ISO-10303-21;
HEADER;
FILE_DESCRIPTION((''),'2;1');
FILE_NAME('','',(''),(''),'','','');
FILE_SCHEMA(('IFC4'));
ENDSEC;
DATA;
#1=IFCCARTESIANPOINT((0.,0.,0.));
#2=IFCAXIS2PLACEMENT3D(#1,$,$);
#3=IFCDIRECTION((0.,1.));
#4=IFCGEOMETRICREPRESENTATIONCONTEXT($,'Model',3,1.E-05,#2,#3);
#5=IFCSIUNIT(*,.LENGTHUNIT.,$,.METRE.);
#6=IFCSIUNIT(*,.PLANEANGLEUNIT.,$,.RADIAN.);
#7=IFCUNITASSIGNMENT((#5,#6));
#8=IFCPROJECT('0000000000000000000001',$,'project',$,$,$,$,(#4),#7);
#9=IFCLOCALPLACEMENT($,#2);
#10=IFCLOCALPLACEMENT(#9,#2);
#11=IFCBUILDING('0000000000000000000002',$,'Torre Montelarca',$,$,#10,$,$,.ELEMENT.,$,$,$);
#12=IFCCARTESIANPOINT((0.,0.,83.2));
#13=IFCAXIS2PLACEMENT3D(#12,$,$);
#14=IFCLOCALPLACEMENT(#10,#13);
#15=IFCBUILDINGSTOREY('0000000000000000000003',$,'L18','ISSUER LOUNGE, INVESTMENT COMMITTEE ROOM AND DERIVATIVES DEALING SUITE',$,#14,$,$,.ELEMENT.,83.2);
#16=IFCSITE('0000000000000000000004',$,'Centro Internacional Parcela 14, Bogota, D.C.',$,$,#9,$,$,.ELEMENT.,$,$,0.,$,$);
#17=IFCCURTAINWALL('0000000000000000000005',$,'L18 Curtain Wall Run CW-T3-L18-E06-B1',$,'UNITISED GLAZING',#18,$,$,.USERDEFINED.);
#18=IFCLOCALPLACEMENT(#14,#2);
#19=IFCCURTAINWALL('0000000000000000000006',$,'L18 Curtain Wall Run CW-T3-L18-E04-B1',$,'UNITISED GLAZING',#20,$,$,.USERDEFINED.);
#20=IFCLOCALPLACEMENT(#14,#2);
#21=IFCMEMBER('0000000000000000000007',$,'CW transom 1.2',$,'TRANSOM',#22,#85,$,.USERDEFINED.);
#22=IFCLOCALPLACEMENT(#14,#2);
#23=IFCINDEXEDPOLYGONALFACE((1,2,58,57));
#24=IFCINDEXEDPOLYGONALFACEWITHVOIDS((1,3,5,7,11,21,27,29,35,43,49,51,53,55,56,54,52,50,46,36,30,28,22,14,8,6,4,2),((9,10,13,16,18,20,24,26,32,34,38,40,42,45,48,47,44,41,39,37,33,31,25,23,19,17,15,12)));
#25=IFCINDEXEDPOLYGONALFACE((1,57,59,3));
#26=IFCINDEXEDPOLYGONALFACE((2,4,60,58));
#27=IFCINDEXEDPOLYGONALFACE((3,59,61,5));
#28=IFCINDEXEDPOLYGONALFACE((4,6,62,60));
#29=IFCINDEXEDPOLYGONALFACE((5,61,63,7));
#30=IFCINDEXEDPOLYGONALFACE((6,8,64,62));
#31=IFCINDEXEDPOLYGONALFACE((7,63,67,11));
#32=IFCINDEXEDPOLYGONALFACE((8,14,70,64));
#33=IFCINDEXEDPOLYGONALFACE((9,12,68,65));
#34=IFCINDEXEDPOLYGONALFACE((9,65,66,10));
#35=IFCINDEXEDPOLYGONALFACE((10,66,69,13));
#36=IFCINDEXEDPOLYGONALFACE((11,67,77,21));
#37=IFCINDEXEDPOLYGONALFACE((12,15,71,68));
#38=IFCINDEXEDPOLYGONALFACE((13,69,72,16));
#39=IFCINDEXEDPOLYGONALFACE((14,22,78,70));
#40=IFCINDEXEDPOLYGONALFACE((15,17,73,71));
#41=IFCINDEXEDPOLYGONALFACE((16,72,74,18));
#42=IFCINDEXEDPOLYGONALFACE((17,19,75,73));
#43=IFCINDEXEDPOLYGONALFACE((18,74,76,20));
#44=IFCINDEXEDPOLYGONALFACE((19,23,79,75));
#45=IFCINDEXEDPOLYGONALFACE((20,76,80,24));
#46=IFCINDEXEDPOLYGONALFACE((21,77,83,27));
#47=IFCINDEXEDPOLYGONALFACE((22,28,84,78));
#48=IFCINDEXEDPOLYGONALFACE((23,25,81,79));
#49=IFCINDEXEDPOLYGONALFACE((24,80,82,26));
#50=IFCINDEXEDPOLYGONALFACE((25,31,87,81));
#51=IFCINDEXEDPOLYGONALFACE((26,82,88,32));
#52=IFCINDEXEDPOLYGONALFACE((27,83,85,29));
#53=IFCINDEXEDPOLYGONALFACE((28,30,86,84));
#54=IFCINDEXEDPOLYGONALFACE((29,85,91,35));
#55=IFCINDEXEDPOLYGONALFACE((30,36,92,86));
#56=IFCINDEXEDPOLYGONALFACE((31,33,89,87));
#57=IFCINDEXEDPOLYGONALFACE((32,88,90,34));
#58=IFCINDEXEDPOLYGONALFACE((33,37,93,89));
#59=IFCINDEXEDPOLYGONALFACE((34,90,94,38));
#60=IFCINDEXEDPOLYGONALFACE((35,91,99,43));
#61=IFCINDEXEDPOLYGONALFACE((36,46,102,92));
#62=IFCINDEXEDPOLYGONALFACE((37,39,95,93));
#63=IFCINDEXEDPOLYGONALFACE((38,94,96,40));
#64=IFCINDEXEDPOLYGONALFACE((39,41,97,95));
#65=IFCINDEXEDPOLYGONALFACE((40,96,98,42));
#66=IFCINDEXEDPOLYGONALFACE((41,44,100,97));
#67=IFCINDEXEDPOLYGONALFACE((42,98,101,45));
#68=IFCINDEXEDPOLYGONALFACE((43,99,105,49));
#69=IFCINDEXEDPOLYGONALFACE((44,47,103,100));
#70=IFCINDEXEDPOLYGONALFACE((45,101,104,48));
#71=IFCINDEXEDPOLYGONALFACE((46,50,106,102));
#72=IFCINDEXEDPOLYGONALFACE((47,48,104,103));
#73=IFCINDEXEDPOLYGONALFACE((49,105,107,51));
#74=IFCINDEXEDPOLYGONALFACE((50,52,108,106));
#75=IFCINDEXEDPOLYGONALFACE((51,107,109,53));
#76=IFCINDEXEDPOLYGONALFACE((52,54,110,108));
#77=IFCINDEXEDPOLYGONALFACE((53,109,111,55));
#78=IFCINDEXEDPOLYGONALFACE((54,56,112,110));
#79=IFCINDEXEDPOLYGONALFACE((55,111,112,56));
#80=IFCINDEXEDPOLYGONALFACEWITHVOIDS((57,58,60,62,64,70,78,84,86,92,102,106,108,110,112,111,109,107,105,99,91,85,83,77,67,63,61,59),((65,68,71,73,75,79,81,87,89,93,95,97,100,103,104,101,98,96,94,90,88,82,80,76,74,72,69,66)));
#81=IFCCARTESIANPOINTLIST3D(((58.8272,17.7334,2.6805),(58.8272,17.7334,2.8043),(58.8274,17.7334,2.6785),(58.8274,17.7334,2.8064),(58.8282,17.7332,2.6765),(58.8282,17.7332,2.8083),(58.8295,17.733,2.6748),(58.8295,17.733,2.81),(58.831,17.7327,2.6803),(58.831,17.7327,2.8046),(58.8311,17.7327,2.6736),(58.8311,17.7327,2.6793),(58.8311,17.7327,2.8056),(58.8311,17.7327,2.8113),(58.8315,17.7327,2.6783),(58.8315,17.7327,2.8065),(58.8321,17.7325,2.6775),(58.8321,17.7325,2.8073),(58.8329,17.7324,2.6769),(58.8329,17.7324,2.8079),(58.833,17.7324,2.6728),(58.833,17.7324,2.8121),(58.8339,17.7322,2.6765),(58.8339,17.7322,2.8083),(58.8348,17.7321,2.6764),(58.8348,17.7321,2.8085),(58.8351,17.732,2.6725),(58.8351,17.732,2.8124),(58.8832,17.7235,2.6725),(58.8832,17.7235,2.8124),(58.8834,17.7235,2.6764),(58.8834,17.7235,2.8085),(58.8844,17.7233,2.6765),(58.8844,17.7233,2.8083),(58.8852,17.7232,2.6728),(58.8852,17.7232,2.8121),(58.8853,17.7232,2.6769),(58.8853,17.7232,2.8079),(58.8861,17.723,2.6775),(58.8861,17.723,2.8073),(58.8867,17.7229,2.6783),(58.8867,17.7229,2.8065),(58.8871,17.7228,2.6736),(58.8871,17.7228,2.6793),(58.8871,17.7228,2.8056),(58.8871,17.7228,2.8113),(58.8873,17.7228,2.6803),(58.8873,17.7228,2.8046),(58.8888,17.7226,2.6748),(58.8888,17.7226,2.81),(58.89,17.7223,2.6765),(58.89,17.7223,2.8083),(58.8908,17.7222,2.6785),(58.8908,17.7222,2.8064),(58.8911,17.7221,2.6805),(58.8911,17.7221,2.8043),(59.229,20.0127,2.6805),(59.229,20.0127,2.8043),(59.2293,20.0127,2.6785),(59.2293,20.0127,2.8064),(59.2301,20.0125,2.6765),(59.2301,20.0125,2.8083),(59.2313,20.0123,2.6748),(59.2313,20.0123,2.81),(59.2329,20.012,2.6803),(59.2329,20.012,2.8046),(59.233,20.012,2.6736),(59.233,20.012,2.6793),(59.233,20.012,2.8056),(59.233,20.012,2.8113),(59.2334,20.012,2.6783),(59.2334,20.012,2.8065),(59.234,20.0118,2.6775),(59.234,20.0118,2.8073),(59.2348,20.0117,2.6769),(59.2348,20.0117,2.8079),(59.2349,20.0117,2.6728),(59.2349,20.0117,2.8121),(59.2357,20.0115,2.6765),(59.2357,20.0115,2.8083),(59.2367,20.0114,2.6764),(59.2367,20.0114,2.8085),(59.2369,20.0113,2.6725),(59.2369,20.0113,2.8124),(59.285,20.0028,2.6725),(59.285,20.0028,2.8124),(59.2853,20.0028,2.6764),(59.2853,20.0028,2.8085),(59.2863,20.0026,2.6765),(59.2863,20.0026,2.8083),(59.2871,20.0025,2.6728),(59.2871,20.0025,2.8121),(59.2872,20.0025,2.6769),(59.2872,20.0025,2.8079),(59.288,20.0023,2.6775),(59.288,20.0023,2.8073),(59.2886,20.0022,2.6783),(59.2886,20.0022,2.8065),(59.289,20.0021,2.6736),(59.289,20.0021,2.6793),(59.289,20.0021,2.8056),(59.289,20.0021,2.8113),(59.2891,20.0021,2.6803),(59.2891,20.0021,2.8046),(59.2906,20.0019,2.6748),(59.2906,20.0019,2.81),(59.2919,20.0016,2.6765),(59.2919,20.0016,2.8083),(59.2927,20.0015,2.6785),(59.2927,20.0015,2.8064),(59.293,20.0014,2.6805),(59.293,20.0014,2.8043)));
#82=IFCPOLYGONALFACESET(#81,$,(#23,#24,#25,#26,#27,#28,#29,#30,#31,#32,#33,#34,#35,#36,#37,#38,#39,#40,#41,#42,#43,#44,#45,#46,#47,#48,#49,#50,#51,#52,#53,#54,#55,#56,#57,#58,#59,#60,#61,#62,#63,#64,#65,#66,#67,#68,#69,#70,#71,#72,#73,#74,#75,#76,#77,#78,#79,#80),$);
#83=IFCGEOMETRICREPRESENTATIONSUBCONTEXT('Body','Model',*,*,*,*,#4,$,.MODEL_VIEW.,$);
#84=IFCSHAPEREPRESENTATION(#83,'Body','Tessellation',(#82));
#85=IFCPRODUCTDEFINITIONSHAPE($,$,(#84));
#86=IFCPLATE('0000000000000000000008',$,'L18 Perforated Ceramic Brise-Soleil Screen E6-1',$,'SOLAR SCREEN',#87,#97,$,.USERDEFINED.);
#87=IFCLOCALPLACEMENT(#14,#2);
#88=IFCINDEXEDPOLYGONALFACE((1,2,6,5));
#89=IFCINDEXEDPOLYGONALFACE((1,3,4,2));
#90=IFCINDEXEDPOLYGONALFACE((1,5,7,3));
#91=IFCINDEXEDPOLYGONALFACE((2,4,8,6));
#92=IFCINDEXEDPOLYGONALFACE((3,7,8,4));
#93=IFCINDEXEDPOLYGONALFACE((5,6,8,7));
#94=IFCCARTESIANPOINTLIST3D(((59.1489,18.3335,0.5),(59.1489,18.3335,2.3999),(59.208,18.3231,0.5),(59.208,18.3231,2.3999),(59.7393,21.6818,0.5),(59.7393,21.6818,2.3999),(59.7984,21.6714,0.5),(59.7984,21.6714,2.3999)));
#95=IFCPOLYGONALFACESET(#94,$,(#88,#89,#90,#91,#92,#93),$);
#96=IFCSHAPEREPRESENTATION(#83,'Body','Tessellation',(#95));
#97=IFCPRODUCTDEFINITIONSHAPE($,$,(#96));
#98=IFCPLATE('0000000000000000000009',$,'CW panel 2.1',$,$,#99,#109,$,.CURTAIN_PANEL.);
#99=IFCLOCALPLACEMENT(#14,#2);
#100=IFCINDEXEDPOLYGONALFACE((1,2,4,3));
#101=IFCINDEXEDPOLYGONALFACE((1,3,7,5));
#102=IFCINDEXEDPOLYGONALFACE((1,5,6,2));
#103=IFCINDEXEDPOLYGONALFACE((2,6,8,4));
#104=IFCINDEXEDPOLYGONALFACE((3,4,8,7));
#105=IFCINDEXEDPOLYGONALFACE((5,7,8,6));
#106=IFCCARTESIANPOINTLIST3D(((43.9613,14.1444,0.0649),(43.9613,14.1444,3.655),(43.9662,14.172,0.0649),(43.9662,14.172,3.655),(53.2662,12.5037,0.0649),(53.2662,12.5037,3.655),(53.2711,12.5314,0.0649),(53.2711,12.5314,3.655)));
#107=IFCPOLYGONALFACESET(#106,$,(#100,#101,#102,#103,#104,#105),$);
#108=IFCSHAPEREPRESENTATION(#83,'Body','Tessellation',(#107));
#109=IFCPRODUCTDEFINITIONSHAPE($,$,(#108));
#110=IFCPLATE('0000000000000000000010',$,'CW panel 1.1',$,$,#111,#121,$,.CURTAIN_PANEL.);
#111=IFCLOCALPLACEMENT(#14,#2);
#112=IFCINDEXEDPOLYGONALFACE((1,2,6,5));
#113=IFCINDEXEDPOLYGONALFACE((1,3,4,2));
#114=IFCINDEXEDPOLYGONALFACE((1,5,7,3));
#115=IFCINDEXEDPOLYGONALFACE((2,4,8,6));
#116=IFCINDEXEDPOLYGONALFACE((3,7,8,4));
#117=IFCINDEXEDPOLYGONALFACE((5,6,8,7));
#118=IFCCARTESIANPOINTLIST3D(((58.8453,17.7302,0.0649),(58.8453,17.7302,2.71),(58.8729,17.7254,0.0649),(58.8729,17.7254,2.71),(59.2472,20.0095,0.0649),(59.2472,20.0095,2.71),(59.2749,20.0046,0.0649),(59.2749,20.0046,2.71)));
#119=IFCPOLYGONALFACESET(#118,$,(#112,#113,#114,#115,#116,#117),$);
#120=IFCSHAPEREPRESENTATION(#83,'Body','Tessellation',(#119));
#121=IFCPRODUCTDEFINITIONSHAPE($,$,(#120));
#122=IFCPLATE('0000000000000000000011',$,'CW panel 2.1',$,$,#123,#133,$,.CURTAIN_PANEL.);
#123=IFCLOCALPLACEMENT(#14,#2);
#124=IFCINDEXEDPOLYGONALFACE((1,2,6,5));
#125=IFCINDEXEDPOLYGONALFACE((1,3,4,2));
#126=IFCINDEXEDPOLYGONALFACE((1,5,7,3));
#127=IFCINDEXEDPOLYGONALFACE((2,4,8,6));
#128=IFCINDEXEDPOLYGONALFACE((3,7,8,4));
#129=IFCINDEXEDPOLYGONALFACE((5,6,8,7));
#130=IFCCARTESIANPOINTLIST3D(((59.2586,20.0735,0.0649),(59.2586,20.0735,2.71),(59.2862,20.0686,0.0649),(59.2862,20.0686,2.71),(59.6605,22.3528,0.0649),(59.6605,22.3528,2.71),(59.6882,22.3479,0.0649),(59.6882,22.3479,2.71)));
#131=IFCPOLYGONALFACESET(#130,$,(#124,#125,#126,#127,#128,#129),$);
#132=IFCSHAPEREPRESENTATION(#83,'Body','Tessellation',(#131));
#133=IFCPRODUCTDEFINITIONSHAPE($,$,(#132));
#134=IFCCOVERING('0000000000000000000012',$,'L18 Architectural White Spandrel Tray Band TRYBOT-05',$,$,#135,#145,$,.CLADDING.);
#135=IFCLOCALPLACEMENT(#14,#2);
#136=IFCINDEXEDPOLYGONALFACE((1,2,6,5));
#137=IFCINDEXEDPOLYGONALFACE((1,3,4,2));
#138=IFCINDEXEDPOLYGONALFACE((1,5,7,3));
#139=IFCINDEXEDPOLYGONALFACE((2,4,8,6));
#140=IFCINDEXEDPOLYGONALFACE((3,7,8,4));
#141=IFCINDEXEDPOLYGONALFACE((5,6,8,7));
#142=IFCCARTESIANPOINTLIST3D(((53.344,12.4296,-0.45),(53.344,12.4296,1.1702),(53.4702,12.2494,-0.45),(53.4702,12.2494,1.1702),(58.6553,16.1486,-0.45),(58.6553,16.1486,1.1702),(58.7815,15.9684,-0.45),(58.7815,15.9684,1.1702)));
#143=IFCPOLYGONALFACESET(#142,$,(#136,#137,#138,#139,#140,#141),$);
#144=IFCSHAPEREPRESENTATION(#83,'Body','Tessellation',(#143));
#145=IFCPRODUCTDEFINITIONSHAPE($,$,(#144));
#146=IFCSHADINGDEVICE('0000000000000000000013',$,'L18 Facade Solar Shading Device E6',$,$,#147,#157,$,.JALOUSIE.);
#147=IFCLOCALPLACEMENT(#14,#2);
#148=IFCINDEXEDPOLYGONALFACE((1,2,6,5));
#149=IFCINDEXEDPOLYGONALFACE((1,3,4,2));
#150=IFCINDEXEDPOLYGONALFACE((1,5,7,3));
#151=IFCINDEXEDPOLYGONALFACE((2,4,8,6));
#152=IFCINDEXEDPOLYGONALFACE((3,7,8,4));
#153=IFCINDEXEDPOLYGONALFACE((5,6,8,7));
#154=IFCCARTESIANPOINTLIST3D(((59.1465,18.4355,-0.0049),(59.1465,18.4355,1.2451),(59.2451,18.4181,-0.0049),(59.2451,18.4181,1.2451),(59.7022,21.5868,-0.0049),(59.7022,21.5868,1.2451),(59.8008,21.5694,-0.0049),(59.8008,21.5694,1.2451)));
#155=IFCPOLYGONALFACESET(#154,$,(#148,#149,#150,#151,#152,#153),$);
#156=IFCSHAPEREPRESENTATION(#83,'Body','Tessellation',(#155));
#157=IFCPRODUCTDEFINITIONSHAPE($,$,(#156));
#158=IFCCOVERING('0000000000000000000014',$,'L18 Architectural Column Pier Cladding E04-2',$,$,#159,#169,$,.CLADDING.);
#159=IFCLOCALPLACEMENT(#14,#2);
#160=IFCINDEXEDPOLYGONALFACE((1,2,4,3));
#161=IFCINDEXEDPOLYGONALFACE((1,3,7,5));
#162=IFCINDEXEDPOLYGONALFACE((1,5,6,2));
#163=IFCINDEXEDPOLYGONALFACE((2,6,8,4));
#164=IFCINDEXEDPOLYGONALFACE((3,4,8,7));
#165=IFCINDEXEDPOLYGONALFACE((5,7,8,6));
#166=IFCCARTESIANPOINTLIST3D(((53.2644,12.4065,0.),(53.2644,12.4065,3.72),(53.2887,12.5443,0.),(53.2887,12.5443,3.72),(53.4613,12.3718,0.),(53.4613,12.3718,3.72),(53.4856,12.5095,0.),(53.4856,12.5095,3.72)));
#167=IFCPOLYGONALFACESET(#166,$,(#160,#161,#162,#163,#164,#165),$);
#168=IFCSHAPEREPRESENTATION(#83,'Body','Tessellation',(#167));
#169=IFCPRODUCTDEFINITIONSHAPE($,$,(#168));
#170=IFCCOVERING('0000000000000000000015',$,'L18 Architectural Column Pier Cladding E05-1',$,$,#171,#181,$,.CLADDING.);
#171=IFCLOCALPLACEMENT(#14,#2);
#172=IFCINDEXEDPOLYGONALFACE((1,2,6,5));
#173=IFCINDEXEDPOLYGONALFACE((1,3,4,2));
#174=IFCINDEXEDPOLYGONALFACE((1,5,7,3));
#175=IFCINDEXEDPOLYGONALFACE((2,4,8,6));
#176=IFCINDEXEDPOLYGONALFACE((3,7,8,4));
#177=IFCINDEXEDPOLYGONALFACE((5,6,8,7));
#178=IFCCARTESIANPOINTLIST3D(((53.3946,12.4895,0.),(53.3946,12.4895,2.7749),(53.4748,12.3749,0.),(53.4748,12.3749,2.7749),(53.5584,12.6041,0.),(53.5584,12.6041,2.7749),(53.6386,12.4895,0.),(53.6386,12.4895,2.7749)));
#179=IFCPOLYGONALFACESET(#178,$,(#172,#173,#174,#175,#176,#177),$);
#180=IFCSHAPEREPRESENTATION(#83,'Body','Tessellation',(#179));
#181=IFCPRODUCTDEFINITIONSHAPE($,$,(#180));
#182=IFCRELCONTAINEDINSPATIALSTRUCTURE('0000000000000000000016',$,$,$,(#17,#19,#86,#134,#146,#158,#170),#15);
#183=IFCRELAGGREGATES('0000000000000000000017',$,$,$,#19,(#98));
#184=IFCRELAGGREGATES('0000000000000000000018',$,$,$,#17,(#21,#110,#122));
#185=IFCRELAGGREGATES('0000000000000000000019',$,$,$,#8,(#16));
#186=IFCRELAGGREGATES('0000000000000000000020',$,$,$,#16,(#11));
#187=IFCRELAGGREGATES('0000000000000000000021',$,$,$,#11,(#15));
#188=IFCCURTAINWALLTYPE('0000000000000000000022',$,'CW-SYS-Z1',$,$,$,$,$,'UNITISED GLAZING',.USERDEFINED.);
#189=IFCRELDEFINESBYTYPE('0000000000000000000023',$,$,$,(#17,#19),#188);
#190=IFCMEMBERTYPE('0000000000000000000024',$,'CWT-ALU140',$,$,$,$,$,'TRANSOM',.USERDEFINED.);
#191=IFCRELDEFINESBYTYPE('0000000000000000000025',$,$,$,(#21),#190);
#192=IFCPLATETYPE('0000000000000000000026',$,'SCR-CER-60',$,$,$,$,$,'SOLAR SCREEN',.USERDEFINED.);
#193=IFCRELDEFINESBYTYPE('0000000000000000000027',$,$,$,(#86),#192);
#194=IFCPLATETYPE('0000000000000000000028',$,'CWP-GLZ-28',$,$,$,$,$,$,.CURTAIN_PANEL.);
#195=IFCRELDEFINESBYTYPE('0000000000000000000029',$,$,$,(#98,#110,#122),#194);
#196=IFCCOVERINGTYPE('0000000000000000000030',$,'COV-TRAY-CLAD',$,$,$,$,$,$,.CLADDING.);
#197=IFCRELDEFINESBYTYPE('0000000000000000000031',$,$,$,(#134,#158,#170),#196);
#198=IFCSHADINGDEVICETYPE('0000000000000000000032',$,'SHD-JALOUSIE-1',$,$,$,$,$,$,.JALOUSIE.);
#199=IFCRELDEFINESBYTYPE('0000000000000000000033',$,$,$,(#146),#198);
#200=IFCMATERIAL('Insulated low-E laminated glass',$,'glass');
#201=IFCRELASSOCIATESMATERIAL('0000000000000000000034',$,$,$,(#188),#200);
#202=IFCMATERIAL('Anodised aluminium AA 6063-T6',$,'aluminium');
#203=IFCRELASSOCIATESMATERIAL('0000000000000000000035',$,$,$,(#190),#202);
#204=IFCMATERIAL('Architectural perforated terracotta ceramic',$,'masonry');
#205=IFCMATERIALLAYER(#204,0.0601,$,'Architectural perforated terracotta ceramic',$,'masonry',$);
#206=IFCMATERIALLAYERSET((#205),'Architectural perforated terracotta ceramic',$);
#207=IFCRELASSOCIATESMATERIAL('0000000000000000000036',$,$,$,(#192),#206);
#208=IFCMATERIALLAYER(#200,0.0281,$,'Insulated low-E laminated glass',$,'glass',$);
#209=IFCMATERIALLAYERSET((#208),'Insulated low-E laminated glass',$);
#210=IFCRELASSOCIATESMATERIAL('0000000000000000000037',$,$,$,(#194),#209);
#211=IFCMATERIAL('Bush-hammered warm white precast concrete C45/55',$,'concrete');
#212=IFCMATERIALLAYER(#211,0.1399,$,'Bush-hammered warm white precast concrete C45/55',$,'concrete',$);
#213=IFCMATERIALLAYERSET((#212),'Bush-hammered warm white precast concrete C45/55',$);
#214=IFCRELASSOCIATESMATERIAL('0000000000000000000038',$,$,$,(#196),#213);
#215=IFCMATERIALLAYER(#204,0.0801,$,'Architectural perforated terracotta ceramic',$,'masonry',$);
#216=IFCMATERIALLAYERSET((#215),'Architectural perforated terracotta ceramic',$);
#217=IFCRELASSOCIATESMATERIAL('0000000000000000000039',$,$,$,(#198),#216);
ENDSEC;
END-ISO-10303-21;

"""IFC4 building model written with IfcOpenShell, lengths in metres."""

from ifc_helpers import new_model, si_unit, direction, frame, origin, origin_2d, place, context, subcontext, project, spatial, rectangle, hollow_rectangle, extrude, source, transform, mapped, material, layer, layer_set, material_profile, profile_set, type_object, element, aggregate, save


model = new_model("IFC4")

# Units and contexts
model_context = context("Model", 3, precision=1e-05, world=origin(), true_north=direction((0.0, 1.0)))
body_context = subcontext(model_context, "Body", "Model", "MODEL_VIEW")
ifc_project = project(units=[si_unit("LENGTHUNIT", "METRE"), si_unit("PLANEANGLEUNIT", "RADIAN")], contexts=[model_context])

# Site, building, storey
site_placement = place(None, origin())
site = spatial("IfcSite", under=ifc_project, at=site_placement, Name="Centro Internacional Parcela 14, Bogota, D.C.", CompositionType="ELEMENT", RefElevation=0.0)
building_placement = place(site_placement, origin())
building = spatial("IfcBuilding", under=site, at=building_placement, Name="Torre Montelarca", CompositionType="ELEMENT")
storey_placement = place(building_placement, frame((0.0, 0.0, 83.2)))
storey = spatial("IfcBuildingStorey", under=building, at=storey_placement, Name="L18", Description="ISSUER LOUNGE, INVESTMENT COMMITTEE ROOM AND DERIVATIVES DEALING SUITE", CompositionType="ELEMENT", Elevation=83.2)

# Curtain wall
ifc_material_1 = material(Name="Insulated low-E laminated glass", Category="glass")
curtain_wall_type = type_object("IfcCurtainWallType", Name="CW-SYS-Z1", ElementType="UNITISED GLAZING", PredefinedType="USERDEFINED", material=ifc_material_1)
curtain_wall_1_placement = place(storey_placement, origin())
curtain_wall_1 = element("IfcCurtainWall", 1, at=curtain_wall_1_placement, inside=storey, type_object=curtain_wall_type, Name="L18 Curtain Wall Run CW-T3-L18-E06-B1", ObjectType="UNITISED GLAZING", PredefinedType="USERDEFINED")
ifc_material_2 = material(Name="Anodised aluminium AA 6063-T6", Category="aluminium")
ifc_material_profile_1 = material_profile(ifc_material_2, hollow_rectangle(XDim=0.0649, YDim=0.1399, WallThickness=0.0039, InnerFilletRadius=0.0039, OuterFilletRadius=0.0081, at=origin_2d()), Name="ALU65X140X4", Category="aluminium")
ifc_profile_set_1 = profile_set([ifc_material_profile_1], Name="Anodised aluminium AA 6063-T6")
member_type_1 = type_object("IfcMemberType", Name="CWT-ALU140", ElementType="TRANSOM", PredefinedType="USERDEFINED", material=ifc_profile_set_1)

# Curtain wall
curtain_wall_2_placement = place(storey_placement, origin())
curtain_wall_2 = element("IfcCurtainWall", 2, at=curtain_wall_2_placement, inside=storey, type_object=curtain_wall_type, Name="L18 Curtain Wall Run CW-T3-L18-E04-B1", ObjectType="UNITISED GLAZING", PredefinedType="USERDEFINED")

# Member
shared_shape_1 = source(origin(), body_context, "Body", "SweptSolid", [
    extrude(hollow_rectangle(XDim=0.0649, YDim=0.1399, WallThickness=0.0039, InnerFilletRadius=0.0039, OuterFilletRadius=0.0081, at=origin_2d()), origin(), (0.0, 0.0, 1.0), 2.3145),
])
member_1_placement = place(storey_placement, frame((58.8591, 17.7278, 2.7424), z_axis=(0.173629, 0.984811, 0.0), x_axis=(-0.984811, 0.173629, 0.0)))
member_1 = element("IfcMember", 3, at=member_1_placement, type_object=member_type_1, Name="CW transom 1.2", ObjectType="TRANSOM", PredefinedType="USERDEFINED", context=body_context, shape_type="MappedRepresentation", body=[
    mapped(shared_shape_1, transform((0.0, 0.0, 0.0), scale=1.0)),
])

# Plates
ifc_material_3 = material(Name="Architectural perforated terracotta ceramic", Category="masonry")
ifc_layer_1 = layer(ifc_material_3, 0.0601, Name="Architectural perforated terracotta ceramic", Category="masonry")
ifc_layer_set_1 = layer_set([ifc_layer_1], Name="Architectural perforated terracotta ceramic")
plate_type_1 = type_object("IfcPlateType", Name="SCR-CER-60", ElementType="SOLAR SCREEN", PredefinedType="USERDEFINED", material=ifc_layer_set_1)
shared_shape_2 = source(origin(), body_context, "Body", "SweptSolid", [
    extrude(rectangle(XDim=3.3999, YDim=0.0601, at=origin_2d()), origin(), (0.0, 0.0, 1.0), 1.8999),
])
plate_1_placement = place(storey_placement, frame((59.4736, 20.0024, 0.5), z_axis=(0.0, 0.0, 1.0), x_axis=(0.173648, 0.984808, 0.0)))
element("IfcPlate", 4, at=plate_1_placement, inside=storey, type_object=plate_type_1, Name="L18 Perforated Ceramic Brise-Soleil Screen E6-1", ObjectType="SOLAR SCREEN", PredefinedType="USERDEFINED", context=body_context, shape_type="MappedRepresentation", body=[
    mapped(shared_shape_2, transform((0.0, 0.0, 0.0), scale=1.0)),
])
ifc_layer_2 = layer(ifc_material_1, 0.0281, Name="Insulated low-E laminated glass", Category="glass")
ifc_layer_set_2 = layer_set([ifc_layer_2], Name="Insulated low-E laminated glass")
plate_type_2 = type_object("IfcPlateType", Name="CWP-GLZ-28", PredefinedType="CURTAIN_PANEL", material=ifc_layer_set_2)
shared_shape_3 = source(origin(), body_context, "Body", "SweptSolid", [
    extrude(rectangle(XDim=9.4485, YDim=0.0281, at=origin_2d()), origin(), (0.0, 0.0, 1.0), 3.5901),
])
plate_2_placement = place(storey_placement, frame((48.6162, 13.3379, 0.0649), z_axis=(0.0, 0.0, 1.0), x_axis=(0.984809, -0.173643, 0.0)))
plate_2 = element("IfcPlate", 5, at=plate_2_placement, type_object=plate_type_2, Name="CW panel 2.1", PredefinedType="CURTAIN_PANEL", context=body_context, shape_type="MappedRepresentation", body=[
    mapped(shared_shape_3, transform((0.0, 0.0, 0.0), scale=1.0)),
])
aggregate(curtain_wall_2, [plate_2])
shared_shape_4 = source(origin(), body_context, "Body", "SweptSolid", [
    extrude(rectangle(XDim=2.3145, YDim=0.0281, at=origin_2d()), origin(), (0.0, 0.0, 1.0), 2.645),
])
plate_3_placement = place(storey_placement, frame((59.0601, 18.8674, 0.0649), z_axis=(0.0, 0.0, 1.0), x_axis=(0.173664, 0.984805, 0.0)))
plate_3 = element("IfcPlate", 6, at=plate_3_placement, type_object=plate_type_2, Name="CW panel 1.1", PredefinedType="CURTAIN_PANEL", context=body_context, shape_type="MappedRepresentation", body=[
    mapped(shared_shape_4, transform((0.0, 0.0, 0.0), scale=1.0)),
])
plate_4_placement = place(storey_placement, frame((59.4734, 21.2107, 0.0649), z_axis=(0.0, 0.0, 1.0), x_axis=(0.173664, 0.984805, 0.0)))
plate_4 = element("IfcPlate", 7, at=plate_4_placement, type_object=plate_type_2, Name="CW panel 2.1", PredefinedType="CURTAIN_PANEL", context=body_context, shape_type="MappedRepresentation", body=[
    mapped(shared_shape_4, transform((0.0, 0.0, 0.0), scale=1.0)),
])
aggregate(curtain_wall_1, [member_1, plate_3, plate_4])

# Covering
ifc_material_4 = material(Name="Bush-hammered warm white precast concrete C45/55", Category="concrete")
ifc_layer_3 = layer(ifc_material_4, 0.1399, Name="Bush-hammered warm white precast concrete C45/55", Category="concrete")
ifc_layer_set_3 = layer_set([ifc_layer_3], Name="Bush-hammered warm white precast concrete C45/55")
covering_type = type_object("IfcCoveringType", Name="COV-TRAY-CLAD", PredefinedType="CLADDING", material=ifc_layer_set_3)
shared_shape_5 = source(origin(), body_context, "Body", "SweptSolid", [
    extrude(rectangle(XDim=6.4839, YDim=0.22, at=origin_2d()), origin(), (0.0, 0.0, 1.0), 1.6201),
])
covering_1_placement = place(storey_placement, frame((56.0627, 14.199, -0.45), z_axis=(0.0, 0.0, 1.0), x_axis=(0.819156, 0.573571, 0.0)))
element("IfcCovering", 8, at=covering_1_placement, inside=storey, type_object=covering_type, Name="L18 Architectural White Spandrel Tray Band TRYBOT-05", PredefinedType="CLADDING", context=body_context, shape_type="MappedRepresentation", body=[
    mapped(shared_shape_5, transform((0.0, 0.0, 0.0), scale=1.0)),
])

# Shading device
ifc_layer_4 = layer(ifc_material_3, 0.0801, Name="Architectural perforated terracotta ceramic", Category="masonry")
ifc_layer_set_4 = layer_set([ifc_layer_4], Name="Architectural perforated terracotta ceramic")
shading_device_type = type_object("IfcShadingDeviceType", Name="SHD-JALOUSIE-1", PredefinedType="JALOUSIE", material=ifc_layer_set_4)
shared_shape_6 = source(origin(), body_context, "Body", "SweptSolid", [
    extrude(rectangle(XDim=3.2, YDim=0.1001, at=origin_2d()), origin(), (0.0, 0.0, 1.0), 1.25),
])
shading_device_placement = place(storey_placement, frame((59.4736, 20.0024, -0.0049), z_axis=(0.0, 0.0, 1.0), x_axis=(0.173648, 0.984808, 0.0)))
element("IfcShadingDevice", 9, at=shading_device_placement, inside=storey, type_object=shading_device_type, Name="L18 Facade Solar Shading Device E6", PredefinedType="JALOUSIE", context=body_context, shape_type="MappedRepresentation", body=[
    mapped(shared_shape_6, transform((0.0, 0.0, 0.0), scale=1.0)),
])

# Coverings
shared_shape_7 = source(origin(), body_context, "Body", "SweptSolid", [
    extrude(rectangle(XDim=0.2, YDim=0.1399, at=origin_2d()), origin(), (0.0, 0.0, 1.0), 3.72),
])
covering_2_placement = place(storey_placement, frame((53.375, 12.458, 0.0), z_axis=(0.0, 0.0, 1.0), x_axis=(0.984808, -0.173646, 0.0)))
element("IfcCovering", 10, at=covering_2_placement, inside=storey, type_object=covering_type, Name="L18 Architectural Column Pier Cladding E04-2", PredefinedType="CLADDING", context=body_context, shape_type="MappedRepresentation", body=[
    mapped(shared_shape_7, transform((0.0, 0.0, 0.0), scale=1.0)),
])
shared_shape_8 = source(origin(), body_context, "Body", "SweptSolid", [
    extrude(rectangle(XDim=0.2, YDim=0.1399, at=origin_2d()), origin(), (0.0, 0.0, 1.0), 2.7749),
])
covering_3_placement = place(storey_placement, frame((53.5166, 12.4895, 0.0), z_axis=(0.0, 0.0, 1.0), x_axis=(0.819165, 0.573558, 0.0)))
element("IfcCovering", 11, at=covering_3_placement, inside=storey, type_object=covering_type, Name="L18 Architectural Column Pier Cladding E05-1", PredefinedType="CLADDING", context=body_context, shape_type="MappedRepresentation", body=[
    mapped(shared_shape_8, transform((0.0, 0.0, 0.0), scale=1.0)),
])

save(model, "model.ifc")
